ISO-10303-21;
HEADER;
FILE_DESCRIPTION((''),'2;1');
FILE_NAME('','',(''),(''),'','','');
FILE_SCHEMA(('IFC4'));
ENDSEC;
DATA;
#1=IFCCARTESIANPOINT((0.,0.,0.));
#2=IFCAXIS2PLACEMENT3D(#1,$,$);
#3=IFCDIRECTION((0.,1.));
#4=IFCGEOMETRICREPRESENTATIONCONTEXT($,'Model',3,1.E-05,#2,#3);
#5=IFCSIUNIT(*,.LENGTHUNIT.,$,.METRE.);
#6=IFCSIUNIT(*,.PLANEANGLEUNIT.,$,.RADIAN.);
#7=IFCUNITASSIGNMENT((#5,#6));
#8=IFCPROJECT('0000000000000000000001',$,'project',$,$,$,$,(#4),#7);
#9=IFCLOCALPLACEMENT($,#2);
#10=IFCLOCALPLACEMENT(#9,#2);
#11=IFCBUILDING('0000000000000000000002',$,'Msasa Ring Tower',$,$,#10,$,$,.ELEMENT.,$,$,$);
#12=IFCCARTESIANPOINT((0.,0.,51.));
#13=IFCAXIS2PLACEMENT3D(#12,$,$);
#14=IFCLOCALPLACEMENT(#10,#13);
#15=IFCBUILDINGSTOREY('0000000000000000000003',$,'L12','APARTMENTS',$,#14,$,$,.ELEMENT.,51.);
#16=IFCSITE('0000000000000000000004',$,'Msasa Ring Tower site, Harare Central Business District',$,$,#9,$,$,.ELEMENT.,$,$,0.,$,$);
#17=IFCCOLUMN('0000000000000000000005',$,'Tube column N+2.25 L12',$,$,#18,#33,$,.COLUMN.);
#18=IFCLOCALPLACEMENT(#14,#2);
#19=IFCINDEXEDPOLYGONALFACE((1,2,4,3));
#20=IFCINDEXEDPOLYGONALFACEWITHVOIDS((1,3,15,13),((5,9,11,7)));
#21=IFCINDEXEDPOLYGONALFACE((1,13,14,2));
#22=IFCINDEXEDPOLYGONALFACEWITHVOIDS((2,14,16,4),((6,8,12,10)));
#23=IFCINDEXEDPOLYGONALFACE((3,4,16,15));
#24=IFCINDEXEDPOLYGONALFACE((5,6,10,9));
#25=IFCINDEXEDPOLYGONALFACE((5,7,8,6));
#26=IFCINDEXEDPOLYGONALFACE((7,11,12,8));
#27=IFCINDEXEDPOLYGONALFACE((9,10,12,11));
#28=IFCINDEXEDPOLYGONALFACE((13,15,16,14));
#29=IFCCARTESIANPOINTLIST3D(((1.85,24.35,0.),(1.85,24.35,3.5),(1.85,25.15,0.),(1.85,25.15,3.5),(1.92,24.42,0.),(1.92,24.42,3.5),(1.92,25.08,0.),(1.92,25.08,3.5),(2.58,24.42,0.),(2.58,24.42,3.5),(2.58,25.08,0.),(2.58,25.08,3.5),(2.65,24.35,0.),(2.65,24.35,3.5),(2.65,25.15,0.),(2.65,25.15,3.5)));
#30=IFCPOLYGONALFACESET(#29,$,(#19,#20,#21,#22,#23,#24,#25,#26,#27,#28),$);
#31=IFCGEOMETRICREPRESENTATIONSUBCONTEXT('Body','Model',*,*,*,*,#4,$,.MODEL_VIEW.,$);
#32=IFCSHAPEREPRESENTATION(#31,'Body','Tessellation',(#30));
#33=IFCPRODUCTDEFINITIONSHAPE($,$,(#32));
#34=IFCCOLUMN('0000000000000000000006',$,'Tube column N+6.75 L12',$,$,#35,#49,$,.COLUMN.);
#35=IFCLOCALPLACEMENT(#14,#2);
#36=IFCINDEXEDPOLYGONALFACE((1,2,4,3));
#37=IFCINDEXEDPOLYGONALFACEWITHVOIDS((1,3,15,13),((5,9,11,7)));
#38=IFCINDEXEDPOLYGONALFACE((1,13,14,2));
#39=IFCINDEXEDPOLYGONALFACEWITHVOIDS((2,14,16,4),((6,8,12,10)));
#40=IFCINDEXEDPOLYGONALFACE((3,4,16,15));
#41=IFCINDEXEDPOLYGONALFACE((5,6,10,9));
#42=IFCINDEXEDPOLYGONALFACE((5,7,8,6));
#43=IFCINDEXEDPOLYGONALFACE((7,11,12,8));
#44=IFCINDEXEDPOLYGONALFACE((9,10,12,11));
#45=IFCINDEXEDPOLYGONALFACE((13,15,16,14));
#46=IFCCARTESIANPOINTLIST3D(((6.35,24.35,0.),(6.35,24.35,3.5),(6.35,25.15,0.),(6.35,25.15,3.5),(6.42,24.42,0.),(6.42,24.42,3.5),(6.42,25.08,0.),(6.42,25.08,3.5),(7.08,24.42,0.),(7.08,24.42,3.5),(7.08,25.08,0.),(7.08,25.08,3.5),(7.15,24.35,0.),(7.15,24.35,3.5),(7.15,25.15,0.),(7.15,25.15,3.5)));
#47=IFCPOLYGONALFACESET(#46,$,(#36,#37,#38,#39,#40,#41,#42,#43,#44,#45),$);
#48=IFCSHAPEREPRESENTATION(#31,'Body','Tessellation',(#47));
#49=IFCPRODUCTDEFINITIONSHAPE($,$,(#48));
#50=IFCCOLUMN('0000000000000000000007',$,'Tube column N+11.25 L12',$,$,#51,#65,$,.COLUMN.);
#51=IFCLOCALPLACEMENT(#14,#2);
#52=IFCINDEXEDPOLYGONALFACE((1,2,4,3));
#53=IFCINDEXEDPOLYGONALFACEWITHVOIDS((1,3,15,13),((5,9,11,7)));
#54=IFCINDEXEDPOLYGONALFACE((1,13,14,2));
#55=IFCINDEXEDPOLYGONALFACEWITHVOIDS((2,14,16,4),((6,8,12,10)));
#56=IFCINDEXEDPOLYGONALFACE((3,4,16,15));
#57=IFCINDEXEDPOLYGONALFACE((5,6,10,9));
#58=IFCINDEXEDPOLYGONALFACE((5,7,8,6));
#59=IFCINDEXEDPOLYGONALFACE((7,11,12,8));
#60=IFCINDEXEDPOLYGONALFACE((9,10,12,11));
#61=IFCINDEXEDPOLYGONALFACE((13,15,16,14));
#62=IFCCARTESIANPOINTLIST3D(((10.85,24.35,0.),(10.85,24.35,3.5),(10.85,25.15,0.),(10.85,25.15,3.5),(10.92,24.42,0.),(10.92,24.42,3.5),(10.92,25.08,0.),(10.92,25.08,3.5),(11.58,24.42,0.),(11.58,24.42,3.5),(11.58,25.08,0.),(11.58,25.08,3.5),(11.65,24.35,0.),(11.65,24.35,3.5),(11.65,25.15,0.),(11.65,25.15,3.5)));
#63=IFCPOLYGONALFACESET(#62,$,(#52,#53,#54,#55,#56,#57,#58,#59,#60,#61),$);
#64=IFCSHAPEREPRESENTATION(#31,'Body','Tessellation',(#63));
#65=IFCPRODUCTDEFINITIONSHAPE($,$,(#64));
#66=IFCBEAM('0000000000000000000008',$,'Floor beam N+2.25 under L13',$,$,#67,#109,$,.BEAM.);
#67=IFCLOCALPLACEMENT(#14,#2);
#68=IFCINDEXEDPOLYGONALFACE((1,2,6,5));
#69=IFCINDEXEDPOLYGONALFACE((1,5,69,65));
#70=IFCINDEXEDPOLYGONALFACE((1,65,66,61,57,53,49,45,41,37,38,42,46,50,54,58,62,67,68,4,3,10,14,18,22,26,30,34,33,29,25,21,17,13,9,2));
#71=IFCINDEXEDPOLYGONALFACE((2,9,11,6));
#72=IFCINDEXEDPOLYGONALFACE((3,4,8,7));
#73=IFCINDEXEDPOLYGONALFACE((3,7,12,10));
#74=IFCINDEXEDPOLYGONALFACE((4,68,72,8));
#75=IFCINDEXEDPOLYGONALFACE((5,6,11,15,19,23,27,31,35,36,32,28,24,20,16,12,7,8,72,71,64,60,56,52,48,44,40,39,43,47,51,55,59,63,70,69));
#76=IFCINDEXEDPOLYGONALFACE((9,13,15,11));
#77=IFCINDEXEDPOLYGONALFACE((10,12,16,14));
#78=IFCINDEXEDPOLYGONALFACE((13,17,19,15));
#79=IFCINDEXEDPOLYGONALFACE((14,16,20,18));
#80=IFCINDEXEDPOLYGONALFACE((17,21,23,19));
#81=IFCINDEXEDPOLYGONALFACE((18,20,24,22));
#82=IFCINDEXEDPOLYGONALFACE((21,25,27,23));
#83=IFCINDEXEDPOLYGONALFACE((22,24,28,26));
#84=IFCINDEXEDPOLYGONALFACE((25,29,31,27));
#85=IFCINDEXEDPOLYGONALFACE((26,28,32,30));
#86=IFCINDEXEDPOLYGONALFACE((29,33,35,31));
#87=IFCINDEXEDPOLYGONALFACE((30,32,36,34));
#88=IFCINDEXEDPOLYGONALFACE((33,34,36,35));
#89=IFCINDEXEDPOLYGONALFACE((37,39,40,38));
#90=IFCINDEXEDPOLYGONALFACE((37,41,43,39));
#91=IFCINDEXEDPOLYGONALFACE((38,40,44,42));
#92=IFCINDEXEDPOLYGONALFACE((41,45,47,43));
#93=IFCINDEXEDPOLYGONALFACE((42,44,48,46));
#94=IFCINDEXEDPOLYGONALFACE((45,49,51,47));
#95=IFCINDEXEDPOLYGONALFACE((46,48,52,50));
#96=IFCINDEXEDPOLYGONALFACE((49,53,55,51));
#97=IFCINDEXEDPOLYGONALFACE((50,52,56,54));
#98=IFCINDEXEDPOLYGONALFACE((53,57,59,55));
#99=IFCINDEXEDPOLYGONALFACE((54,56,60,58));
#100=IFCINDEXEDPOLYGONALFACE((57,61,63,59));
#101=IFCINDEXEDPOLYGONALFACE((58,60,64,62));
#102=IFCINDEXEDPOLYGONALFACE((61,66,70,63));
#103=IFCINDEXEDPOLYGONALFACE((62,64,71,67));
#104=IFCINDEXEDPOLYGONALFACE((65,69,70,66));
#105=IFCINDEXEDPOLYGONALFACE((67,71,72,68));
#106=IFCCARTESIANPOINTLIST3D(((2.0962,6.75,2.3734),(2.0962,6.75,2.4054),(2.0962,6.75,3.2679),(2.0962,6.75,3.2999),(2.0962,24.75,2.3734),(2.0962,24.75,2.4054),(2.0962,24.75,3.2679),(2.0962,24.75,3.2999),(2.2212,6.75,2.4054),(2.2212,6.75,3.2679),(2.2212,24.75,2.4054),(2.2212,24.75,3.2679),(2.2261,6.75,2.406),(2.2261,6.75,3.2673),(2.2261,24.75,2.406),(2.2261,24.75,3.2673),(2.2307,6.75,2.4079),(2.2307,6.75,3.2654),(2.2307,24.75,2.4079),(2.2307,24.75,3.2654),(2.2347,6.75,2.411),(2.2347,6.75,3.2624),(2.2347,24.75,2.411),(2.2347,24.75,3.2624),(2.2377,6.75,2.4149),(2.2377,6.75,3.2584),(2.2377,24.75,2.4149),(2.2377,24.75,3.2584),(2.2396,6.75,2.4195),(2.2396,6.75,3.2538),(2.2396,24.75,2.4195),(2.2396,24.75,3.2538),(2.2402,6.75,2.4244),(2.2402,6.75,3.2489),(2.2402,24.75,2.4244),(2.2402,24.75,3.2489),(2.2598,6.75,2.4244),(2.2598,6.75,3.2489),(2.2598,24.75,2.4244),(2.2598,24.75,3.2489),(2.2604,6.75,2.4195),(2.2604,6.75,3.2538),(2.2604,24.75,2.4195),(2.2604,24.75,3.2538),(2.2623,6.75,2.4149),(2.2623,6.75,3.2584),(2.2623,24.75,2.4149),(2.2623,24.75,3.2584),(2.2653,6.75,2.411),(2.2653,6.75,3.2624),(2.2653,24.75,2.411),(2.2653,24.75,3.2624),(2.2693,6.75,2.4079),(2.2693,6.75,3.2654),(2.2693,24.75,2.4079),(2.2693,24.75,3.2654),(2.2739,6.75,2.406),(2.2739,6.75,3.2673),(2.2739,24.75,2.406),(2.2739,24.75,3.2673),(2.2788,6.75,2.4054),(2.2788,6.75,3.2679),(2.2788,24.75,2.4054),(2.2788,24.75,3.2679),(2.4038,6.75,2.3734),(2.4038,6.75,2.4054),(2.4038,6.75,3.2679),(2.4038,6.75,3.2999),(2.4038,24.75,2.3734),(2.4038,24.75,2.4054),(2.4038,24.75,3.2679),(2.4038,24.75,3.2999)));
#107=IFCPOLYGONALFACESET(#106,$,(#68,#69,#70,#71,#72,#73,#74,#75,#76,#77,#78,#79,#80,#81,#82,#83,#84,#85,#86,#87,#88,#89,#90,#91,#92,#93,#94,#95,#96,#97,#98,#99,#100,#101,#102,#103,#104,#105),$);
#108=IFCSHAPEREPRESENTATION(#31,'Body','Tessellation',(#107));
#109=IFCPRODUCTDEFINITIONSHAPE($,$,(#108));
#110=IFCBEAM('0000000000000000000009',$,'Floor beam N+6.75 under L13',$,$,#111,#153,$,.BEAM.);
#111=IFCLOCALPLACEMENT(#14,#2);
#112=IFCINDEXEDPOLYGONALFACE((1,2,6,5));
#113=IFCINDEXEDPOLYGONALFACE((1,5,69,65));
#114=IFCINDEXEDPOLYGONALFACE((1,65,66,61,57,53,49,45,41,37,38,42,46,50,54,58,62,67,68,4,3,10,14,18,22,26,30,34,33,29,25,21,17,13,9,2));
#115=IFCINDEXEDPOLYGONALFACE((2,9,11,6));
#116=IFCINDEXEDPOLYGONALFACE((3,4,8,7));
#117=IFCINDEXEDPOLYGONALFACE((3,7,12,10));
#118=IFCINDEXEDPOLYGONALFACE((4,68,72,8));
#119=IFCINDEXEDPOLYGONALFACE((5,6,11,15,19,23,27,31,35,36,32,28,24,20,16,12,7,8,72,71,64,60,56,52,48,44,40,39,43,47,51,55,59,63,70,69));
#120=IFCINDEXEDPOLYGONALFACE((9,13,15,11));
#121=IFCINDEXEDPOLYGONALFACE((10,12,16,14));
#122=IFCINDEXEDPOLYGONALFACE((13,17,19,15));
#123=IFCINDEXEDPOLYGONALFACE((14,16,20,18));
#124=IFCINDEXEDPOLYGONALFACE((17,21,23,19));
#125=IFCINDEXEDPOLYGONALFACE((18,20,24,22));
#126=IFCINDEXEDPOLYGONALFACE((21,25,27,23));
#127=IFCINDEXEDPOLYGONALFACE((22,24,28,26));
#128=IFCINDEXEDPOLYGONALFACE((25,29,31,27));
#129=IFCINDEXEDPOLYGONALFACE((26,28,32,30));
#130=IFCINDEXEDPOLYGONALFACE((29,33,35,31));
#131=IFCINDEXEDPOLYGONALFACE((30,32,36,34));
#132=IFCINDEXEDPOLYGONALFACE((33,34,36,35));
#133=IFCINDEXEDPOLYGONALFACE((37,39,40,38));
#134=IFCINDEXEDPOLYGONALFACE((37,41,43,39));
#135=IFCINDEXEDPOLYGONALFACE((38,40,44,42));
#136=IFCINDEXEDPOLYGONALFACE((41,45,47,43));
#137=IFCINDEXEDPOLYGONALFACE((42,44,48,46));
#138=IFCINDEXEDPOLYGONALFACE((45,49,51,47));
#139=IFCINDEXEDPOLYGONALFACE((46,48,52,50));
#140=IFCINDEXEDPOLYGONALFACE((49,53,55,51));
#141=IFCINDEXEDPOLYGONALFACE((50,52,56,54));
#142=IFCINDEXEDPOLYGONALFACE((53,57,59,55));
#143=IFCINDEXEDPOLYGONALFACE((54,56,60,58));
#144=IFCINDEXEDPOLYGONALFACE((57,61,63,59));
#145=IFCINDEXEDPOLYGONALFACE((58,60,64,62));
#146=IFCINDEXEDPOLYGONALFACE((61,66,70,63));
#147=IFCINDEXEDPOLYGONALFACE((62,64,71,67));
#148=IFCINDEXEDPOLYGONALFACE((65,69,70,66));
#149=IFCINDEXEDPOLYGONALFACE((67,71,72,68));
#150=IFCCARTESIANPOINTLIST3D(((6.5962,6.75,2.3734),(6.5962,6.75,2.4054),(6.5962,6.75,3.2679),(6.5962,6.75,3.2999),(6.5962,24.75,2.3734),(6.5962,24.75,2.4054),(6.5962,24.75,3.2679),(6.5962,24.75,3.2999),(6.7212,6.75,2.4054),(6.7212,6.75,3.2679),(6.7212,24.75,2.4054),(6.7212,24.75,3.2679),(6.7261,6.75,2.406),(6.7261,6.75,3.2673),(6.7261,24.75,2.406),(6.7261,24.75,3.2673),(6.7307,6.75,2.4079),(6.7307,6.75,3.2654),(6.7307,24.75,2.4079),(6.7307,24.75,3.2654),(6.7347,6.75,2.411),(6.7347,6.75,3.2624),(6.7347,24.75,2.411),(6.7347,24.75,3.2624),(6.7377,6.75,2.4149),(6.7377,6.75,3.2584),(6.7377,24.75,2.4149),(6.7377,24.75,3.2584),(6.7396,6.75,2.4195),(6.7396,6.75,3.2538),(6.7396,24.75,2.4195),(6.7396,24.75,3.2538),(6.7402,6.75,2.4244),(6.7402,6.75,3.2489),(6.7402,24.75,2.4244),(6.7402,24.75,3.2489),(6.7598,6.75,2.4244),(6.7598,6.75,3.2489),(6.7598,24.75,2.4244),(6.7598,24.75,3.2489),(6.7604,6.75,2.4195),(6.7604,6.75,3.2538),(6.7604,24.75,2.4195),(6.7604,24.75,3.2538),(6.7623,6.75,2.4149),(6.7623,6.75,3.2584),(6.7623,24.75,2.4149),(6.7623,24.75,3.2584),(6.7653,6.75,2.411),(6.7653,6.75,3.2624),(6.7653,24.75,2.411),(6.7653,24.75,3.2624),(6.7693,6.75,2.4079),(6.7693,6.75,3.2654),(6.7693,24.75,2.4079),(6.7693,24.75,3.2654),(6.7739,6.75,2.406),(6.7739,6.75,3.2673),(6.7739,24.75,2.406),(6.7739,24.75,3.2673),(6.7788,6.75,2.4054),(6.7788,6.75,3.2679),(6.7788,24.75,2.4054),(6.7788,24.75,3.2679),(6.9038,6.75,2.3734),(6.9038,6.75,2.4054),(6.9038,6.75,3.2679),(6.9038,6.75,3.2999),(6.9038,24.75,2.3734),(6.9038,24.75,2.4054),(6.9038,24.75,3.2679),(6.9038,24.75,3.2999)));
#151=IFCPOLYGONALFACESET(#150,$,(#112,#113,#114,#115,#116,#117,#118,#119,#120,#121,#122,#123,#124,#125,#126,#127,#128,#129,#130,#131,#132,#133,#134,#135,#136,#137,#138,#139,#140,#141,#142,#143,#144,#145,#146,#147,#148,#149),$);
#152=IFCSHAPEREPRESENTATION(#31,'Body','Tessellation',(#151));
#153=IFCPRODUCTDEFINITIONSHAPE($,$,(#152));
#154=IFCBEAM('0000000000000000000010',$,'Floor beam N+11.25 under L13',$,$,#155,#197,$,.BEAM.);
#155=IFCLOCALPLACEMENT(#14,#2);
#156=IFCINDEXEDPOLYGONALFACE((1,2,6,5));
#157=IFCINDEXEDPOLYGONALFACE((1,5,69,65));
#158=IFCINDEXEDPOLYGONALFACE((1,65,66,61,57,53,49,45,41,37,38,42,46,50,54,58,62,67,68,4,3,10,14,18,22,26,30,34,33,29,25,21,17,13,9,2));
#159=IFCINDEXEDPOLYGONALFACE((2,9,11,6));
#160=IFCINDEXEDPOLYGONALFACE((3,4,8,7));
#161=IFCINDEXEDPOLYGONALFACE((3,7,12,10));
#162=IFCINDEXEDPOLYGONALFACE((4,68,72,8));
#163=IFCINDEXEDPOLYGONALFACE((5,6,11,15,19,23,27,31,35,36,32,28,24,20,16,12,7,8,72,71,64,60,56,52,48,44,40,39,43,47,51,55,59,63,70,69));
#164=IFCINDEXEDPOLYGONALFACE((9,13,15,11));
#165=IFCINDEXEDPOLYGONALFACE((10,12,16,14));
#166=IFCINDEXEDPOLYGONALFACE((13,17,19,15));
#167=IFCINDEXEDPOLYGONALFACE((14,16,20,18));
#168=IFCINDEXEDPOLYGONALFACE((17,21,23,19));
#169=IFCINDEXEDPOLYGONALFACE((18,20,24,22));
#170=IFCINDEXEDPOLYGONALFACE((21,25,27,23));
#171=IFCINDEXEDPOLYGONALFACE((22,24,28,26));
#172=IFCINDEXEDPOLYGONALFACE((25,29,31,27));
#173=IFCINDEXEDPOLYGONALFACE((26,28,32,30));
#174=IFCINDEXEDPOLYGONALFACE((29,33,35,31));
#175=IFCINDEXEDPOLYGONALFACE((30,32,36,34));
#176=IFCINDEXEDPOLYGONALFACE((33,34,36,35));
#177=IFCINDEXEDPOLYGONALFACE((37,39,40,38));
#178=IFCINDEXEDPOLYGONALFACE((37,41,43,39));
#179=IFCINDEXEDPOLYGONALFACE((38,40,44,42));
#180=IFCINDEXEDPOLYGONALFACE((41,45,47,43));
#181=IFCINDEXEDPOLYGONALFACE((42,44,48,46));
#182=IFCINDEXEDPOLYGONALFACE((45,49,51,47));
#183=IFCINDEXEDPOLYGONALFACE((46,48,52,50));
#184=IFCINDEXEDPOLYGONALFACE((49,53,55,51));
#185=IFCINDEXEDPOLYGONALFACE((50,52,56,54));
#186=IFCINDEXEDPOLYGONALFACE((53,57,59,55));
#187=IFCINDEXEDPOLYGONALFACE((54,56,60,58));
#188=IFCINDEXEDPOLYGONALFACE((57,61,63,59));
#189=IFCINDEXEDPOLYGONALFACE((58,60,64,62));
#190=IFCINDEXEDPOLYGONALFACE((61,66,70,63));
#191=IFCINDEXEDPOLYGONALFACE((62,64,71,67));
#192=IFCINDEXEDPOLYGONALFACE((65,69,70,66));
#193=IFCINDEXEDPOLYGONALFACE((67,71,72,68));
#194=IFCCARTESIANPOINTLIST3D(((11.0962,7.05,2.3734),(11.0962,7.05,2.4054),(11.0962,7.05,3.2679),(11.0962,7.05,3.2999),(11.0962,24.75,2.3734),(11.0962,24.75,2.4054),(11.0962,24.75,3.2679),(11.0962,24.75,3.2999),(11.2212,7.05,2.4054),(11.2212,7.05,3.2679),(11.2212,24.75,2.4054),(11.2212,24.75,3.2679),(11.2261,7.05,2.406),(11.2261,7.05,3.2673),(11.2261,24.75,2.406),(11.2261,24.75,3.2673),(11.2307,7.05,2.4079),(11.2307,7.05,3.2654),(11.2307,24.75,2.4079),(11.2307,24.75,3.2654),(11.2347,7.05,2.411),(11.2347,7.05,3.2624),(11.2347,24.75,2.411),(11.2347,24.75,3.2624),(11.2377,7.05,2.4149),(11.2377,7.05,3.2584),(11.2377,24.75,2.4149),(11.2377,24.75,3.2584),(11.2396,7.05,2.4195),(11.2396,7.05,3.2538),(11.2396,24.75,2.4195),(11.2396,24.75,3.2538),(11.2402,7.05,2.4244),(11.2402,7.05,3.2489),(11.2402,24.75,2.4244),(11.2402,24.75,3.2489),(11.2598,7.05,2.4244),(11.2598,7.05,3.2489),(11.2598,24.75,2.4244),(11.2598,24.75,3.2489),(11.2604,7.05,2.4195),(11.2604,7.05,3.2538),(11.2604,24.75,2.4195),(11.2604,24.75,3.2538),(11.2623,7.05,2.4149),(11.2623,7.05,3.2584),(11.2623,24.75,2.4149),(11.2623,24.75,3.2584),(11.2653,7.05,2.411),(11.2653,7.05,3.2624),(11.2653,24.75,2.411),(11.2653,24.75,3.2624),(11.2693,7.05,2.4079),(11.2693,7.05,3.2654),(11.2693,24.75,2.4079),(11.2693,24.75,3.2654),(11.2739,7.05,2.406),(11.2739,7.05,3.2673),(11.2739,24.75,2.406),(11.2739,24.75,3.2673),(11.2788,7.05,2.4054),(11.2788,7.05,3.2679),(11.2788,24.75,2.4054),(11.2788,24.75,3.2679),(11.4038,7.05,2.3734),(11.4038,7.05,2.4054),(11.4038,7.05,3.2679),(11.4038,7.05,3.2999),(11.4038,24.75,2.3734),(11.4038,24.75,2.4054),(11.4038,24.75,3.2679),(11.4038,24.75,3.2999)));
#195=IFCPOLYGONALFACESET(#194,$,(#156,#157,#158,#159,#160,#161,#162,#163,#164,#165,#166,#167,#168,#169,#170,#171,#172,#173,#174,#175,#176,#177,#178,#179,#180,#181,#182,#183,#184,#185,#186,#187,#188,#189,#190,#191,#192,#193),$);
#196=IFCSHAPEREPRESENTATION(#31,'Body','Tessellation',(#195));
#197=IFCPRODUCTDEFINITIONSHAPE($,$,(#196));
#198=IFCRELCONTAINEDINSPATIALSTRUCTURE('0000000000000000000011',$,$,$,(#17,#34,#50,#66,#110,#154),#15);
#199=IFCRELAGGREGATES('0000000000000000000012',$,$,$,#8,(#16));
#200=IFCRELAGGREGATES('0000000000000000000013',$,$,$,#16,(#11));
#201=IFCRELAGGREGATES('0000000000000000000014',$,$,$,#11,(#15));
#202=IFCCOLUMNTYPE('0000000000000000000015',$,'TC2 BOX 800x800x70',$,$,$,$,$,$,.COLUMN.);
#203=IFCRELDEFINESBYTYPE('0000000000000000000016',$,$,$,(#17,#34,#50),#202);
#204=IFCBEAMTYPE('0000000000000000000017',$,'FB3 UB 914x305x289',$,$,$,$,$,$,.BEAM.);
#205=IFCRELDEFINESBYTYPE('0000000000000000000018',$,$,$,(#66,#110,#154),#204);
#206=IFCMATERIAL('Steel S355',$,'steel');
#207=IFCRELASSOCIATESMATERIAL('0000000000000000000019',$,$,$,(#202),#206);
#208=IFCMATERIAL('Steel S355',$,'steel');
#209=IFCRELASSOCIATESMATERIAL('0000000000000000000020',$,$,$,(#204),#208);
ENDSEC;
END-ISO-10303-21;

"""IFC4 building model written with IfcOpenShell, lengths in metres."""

from ifc_helpers import new_model, si_unit, direction, frame, origin, origin_2d, place, context, subcontext, project, spatial, hollow_rectangle, i_section, extrude, material, material_profile, profile_set, type_object, element, save


model = new_model("IFC4")

# Units and contexts
model_context = context("Model", 3, precision=1e-05, world=origin(), true_north=direction((0.0, 1.0)))
body_context = subcontext(model_context, "Body", "Model", "MODEL_VIEW")
ifc_project = project(units=[si_unit("LENGTHUNIT", "METRE"), si_unit("PLANEANGLEUNIT", "RADIAN")], contexts=[model_context])

# Site, building, storey
site_placement = place(None, origin())
site = spatial("IfcSite", under=ifc_project, at=site_placement, Name="Msasa Ring Tower site, Harare Central Business District", CompositionType="ELEMENT", RefElevation=0.0)
building_placement = place(site_placement, origin())
building = spatial("IfcBuilding", under=site, at=building_placement, Name="Msasa Ring Tower", CompositionType="ELEMENT")
storey_placement = place(building_placement, frame((0.0, 0.0, 51.0)))
storey = spatial("IfcBuildingStorey", under=building, at=storey_placement, Name="L12", Description="APARTMENTS", CompositionType="ELEMENT", Elevation=51.0)

# Columns
ifc_material_1 = material(Name="Steel S355", Category="steel")
ifc_material_profile_1 = material_profile(ifc_material_1, hollow_rectangle(XDim=0.8, YDim=0.8, WallThickness=0.0701, at=origin_2d()), Name="BOX 800x800x70")
ifc_profile_set_1 = profile_set([ifc_material_profile_1], Name="Steel S355")
column_type = type_object("IfcColumnType", Name="TC2 BOX 800x800x70", PredefinedType="COLUMN", material=ifc_profile_set_1)
for number, where, z_axis, x_axis, name in (
    (1, (2.25, 24.75, 0.0), (0.0, 0.0, 1.0), (0.0, 1.0, 0.0), "Tube column N+2.25 L12"),
    (2, (6.75, 24.75, 0.0), (0.0, 0.0, 1.0), (0.0, 1.0, 0.0), "Tube column N+6.75 L12"),
    (3, (11.25, 24.75, 0.0), (0.0, 0.0, 1.0), (0.0, 1.0, 0.0), "Tube column N+11.25 L12"),
):
    element("IfcColumn", number, at=place(storey_placement, frame(where, z_axis=z_axis, x_axis=x_axis)), inside=storey, type_object=column_type, Name=name, PredefinedType="COLUMN", context=body_context, shape_type="SweptSolid", body=[
        extrude(hollow_rectangle(XDim=0.8, YDim=0.8, WallThickness=0.0701, at=origin_2d()), origin(), (0.0, 0.0, 1.0), 3.5),
    ])

# Beams
ifc_material_2 = material(Name="Steel S355", Category="steel")
ifc_material_profile_2 = material_profile(ifc_material_2, i_section(OverallWidth=0.3076, OverallDepth=0.9265, WebThickness=0.0195, FlangeThickness=0.032, FilletRadius=0.019, at=origin_2d()), Name="UB 914x305x289")
ifc_profile_set_2 = profile_set([ifc_material_profile_2], Name="Steel S355")
beam_type_1 = type_object("IfcBeamType", Name="FB3 UB 914x305x289", PredefinedType="BEAM", material=ifc_profile_set_2)
for number, where, z_axis, x_axis, name in (
    (4, (2.25, 24.75, 2.8367), (0.0, -1.0, 0.0), (1.0, 0.0, 0.0), "Floor beam N+2.25 under L13"),
    (5, (6.75, 24.75, 2.8367), (0.0, -1.0, 0.0), (1.0, 0.0, 0.0), "Floor beam N+6.75 under L13"),
):
    element("IfcBeam", number, at=place(storey_placement, frame(where, z_axis=z_axis, x_axis=x_axis)), inside=storey, type_object=beam_type_1, Name=name, PredefinedType="BEAM", context=body_context, shape_type="SweptSolid", body=[
        extrude(i_section(OverallWidth=0.3076, OverallDepth=0.9265, WebThickness=0.0195, FlangeThickness=0.032, FilletRadius=0.019, at=origin_2d()), origin(), (0.0, 0.0, 1.0), 18.0),
    ])
beam_placement = place(storey_placement, frame((11.25, 24.75, 2.8367), z_axis=(0.0, -1.0, 0.0), x_axis=(1.0, 0.0, 0.0)))
element("IfcBeam", 6, at=beam_placement, inside=storey, type_object=beam_type_1, Name="Floor beam N+11.25 under L13", PredefinedType="BEAM", context=body_context, shape_type="SweptSolid", body=[
    extrude(i_section(OverallWidth=0.3076, OverallDepth=0.9265, WebThickness=0.0195, FlangeThickness=0.032, FilletRadius=0.019, at=origin_2d()), origin(), (0.0, 0.0, 1.0), 17.7),
])

save(model, "model.ifc")
